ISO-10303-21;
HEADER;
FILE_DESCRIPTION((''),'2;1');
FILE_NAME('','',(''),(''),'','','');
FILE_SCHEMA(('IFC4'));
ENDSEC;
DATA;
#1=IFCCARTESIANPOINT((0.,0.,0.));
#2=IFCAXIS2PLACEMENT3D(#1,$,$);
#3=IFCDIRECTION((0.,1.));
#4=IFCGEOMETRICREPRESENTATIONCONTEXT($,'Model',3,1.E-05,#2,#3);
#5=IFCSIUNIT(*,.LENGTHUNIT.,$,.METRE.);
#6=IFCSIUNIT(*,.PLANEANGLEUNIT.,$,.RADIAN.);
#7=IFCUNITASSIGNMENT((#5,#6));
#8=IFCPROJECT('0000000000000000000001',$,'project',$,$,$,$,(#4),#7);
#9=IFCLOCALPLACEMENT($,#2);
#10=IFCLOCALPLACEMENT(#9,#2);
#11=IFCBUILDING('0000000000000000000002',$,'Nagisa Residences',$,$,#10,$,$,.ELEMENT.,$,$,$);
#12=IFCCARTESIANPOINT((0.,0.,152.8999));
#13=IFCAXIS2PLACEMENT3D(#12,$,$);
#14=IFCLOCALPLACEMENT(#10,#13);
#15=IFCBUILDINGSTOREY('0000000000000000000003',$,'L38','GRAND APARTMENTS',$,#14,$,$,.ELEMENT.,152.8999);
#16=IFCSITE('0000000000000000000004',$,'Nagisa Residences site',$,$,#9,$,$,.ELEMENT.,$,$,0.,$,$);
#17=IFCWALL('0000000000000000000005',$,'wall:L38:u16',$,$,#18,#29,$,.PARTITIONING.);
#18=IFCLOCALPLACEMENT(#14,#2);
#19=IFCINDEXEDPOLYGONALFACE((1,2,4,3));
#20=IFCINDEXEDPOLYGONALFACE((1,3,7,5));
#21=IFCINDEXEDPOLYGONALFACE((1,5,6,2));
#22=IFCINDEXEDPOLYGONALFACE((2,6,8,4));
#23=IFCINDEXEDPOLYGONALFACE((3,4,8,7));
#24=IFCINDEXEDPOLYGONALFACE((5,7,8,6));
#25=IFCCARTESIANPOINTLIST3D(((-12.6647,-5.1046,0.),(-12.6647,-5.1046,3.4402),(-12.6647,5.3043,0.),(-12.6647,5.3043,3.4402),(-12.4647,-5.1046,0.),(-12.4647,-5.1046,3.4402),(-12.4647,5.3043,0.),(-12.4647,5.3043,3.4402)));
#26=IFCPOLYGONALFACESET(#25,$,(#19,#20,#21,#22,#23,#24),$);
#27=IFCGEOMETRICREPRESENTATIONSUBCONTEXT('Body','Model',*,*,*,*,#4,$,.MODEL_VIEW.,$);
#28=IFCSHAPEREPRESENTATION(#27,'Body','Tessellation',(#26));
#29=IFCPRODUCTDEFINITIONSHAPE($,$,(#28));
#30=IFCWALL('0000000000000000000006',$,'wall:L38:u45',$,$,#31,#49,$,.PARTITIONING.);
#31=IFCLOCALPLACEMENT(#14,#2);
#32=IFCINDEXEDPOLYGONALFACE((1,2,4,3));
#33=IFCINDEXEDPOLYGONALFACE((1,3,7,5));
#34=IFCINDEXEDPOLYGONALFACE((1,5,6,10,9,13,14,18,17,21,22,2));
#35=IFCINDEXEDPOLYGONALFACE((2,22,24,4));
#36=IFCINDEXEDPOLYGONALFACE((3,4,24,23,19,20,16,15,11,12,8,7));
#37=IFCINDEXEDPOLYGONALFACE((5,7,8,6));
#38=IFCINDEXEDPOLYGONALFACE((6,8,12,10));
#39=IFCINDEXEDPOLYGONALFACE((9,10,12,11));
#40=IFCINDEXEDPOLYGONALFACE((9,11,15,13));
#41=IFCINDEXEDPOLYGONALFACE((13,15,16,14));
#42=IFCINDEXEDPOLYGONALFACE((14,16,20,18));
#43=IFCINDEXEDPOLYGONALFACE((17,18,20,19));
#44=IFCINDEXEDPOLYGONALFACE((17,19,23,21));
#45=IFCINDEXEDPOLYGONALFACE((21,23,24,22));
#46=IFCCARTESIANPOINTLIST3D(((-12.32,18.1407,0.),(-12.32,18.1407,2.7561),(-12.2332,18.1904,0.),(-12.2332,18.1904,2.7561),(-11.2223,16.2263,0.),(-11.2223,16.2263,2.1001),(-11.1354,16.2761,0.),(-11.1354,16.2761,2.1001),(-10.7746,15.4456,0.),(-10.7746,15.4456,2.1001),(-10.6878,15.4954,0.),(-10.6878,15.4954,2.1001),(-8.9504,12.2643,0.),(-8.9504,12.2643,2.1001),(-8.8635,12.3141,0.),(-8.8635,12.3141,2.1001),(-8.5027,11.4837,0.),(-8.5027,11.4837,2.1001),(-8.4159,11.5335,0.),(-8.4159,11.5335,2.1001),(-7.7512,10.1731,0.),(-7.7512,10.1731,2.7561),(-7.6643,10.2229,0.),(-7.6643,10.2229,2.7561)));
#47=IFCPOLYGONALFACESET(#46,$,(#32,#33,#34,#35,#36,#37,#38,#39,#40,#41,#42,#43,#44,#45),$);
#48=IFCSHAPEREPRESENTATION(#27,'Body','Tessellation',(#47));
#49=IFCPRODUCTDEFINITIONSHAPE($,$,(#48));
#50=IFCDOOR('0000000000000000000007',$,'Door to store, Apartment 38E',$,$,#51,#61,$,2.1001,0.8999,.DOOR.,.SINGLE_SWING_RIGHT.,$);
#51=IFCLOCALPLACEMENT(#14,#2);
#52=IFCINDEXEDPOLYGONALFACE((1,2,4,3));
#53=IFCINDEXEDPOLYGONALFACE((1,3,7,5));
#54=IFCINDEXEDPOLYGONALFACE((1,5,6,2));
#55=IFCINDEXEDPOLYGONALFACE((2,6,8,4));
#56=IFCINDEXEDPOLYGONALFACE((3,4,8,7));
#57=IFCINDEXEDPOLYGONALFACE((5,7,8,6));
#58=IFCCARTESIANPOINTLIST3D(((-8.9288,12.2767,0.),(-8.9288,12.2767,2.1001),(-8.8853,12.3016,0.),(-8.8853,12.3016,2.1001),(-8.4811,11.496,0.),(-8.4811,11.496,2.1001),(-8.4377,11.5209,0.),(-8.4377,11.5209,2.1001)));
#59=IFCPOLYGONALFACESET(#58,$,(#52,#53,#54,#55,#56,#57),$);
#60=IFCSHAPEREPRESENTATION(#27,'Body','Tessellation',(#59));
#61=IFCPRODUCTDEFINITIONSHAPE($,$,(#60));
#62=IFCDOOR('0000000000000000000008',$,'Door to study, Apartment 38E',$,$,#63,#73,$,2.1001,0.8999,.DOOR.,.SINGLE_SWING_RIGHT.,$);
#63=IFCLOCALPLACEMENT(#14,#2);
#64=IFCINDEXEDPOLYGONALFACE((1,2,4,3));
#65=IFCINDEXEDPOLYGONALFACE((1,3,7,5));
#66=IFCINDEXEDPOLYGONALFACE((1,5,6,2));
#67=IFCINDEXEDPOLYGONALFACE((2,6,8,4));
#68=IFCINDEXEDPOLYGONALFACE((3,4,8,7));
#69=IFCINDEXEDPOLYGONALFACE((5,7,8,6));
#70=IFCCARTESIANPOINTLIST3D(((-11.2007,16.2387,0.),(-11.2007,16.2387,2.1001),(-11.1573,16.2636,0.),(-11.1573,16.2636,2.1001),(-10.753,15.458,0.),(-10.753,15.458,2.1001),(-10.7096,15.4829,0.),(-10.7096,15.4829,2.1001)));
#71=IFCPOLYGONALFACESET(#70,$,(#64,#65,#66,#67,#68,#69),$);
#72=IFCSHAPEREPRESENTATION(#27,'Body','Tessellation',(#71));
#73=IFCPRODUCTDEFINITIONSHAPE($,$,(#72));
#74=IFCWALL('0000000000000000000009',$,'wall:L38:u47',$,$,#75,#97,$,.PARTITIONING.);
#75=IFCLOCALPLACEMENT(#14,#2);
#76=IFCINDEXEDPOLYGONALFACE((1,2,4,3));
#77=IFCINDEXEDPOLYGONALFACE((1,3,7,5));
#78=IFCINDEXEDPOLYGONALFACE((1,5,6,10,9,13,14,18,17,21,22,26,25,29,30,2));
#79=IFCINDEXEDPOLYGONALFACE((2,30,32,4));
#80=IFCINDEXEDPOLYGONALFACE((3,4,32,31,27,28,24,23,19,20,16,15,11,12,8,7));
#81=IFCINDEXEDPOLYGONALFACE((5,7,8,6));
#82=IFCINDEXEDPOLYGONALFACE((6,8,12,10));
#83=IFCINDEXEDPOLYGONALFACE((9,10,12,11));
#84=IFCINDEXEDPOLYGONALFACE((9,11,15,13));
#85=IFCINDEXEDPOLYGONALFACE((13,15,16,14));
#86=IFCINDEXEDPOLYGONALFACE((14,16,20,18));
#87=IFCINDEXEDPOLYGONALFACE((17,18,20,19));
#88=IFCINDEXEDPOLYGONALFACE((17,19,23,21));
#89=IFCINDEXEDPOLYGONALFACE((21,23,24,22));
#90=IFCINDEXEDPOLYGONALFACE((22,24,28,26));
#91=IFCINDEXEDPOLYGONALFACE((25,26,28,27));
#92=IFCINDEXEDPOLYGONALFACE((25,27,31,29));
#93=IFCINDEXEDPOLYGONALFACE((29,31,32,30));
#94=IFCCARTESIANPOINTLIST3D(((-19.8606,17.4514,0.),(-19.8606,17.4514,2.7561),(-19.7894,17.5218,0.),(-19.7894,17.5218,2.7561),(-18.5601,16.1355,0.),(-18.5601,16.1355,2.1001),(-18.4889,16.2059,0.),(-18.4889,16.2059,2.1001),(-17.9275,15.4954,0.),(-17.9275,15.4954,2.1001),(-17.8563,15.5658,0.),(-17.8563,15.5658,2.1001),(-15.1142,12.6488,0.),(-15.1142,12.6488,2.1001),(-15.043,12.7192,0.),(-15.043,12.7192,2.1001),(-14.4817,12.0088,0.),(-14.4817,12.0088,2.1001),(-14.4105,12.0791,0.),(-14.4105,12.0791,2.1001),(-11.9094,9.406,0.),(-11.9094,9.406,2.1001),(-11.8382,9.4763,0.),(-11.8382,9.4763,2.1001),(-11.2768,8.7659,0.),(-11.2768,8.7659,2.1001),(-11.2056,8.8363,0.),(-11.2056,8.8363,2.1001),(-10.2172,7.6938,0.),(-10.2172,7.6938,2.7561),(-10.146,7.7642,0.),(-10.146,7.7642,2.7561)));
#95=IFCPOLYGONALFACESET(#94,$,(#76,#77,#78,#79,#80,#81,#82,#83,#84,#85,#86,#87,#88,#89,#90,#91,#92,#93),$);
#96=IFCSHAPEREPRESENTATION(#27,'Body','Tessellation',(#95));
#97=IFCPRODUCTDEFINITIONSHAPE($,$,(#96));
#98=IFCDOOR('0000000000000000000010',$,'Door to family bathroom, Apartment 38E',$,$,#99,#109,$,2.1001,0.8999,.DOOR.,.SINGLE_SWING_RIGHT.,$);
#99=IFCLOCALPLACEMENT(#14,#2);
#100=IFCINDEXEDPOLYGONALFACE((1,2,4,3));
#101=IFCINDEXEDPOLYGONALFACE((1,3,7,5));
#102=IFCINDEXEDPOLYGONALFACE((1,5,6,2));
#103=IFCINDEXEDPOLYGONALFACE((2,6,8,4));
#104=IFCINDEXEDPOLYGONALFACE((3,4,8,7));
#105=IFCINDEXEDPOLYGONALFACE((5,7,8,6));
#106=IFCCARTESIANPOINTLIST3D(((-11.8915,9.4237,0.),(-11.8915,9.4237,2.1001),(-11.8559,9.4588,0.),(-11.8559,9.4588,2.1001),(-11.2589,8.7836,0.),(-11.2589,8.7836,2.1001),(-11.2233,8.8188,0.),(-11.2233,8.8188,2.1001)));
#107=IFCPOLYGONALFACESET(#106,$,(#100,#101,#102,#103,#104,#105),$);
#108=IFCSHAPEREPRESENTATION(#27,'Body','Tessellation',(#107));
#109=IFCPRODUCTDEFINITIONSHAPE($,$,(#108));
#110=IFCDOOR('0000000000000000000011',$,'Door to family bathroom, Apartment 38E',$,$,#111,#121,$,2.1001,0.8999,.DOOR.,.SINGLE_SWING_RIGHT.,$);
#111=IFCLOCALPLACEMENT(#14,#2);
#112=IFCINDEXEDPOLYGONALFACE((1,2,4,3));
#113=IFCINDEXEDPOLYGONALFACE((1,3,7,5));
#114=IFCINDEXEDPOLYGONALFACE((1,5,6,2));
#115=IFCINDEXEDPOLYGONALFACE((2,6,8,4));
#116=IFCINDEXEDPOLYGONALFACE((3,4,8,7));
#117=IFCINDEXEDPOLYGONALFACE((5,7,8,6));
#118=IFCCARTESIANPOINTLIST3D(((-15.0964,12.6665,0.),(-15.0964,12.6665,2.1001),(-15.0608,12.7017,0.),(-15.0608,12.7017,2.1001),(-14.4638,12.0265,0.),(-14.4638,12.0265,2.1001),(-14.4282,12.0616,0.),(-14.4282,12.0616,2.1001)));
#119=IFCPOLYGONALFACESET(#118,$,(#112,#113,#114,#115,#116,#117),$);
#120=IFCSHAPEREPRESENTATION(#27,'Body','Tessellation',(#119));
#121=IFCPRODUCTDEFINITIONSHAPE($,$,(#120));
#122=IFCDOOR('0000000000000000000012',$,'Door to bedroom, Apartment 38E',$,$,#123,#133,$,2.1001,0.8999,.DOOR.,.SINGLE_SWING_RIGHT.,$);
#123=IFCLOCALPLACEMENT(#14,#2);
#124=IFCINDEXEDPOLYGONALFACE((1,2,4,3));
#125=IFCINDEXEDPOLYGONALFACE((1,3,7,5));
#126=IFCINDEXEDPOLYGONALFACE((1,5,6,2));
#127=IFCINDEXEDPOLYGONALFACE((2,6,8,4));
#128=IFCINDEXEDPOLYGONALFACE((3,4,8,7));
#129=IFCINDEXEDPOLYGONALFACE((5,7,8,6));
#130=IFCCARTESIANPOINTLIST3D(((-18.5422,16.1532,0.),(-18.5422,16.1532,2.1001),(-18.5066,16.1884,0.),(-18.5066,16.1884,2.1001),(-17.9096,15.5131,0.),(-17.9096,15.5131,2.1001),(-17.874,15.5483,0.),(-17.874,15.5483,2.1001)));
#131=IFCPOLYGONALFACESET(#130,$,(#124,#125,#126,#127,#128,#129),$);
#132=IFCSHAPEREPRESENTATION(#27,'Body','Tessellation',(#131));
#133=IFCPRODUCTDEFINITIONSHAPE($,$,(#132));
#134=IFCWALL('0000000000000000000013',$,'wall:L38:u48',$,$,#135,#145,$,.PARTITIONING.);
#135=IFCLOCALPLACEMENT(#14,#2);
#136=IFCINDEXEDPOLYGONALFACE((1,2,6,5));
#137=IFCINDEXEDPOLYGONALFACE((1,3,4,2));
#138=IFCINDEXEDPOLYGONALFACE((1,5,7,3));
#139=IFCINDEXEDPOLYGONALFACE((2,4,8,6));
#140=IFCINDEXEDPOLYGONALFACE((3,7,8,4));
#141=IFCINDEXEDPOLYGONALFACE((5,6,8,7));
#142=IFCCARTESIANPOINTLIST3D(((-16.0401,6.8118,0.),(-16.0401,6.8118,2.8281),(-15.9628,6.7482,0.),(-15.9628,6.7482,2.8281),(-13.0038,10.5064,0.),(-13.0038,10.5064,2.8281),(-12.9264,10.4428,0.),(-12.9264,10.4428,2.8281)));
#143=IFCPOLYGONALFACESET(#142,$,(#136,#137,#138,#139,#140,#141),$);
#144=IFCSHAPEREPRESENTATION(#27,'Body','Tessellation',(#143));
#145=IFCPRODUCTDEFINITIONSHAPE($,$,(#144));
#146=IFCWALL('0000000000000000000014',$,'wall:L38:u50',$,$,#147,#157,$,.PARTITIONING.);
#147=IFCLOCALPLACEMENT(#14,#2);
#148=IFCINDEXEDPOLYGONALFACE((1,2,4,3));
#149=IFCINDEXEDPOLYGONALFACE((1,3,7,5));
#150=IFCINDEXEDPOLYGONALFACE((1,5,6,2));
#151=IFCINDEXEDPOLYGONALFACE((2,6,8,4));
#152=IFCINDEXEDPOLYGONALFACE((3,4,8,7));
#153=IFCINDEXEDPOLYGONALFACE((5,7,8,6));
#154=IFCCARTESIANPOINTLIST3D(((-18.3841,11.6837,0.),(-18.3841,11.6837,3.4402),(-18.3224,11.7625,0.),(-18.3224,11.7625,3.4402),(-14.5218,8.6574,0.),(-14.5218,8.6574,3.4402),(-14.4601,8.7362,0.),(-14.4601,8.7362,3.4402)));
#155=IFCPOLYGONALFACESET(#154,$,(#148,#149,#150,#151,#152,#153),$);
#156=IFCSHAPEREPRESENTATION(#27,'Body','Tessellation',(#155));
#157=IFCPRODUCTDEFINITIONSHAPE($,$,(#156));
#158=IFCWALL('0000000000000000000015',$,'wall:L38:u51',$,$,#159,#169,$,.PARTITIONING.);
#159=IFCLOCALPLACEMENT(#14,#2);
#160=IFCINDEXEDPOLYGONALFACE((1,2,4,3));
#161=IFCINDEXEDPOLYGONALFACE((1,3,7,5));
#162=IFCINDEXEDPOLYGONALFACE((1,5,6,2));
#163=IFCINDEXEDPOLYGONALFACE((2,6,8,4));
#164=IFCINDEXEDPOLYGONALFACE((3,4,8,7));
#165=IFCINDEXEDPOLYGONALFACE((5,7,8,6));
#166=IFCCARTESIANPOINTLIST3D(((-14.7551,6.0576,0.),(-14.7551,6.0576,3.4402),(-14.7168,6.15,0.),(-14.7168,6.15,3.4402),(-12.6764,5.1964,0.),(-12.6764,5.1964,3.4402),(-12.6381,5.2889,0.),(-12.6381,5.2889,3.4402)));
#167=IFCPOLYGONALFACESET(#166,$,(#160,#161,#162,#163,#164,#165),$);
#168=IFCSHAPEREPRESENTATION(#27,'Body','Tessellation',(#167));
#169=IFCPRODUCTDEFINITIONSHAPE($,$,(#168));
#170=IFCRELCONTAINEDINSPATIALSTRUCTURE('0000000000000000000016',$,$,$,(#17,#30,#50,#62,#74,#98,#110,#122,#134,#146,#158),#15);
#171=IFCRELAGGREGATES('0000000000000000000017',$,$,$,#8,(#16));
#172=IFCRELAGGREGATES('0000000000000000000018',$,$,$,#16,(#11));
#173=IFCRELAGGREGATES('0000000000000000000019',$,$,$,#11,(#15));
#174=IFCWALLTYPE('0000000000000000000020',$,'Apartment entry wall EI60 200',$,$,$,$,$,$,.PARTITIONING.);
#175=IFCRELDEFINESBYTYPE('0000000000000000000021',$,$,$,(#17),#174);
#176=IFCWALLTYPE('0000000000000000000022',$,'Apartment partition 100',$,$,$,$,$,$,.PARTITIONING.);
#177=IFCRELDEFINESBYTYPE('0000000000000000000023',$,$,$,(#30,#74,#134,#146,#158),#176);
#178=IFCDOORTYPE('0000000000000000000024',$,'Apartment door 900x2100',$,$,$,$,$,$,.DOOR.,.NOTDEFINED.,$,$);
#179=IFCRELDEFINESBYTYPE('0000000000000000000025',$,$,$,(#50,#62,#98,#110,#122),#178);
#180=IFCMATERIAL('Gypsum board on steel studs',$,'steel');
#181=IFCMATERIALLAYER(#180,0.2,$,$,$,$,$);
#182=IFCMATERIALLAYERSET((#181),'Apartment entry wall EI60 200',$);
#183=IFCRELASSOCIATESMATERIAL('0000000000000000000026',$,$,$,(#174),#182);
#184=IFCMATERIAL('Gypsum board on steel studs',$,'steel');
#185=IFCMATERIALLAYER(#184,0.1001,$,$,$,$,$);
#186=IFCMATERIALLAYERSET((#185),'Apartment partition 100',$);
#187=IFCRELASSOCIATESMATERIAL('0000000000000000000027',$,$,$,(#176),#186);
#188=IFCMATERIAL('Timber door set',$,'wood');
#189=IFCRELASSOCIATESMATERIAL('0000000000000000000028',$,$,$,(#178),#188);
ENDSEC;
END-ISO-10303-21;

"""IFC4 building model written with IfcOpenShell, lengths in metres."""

from ifc_helpers import new_model, si_unit, direction, frame, frame_2d, origin, place, context, subcontext, project, spatial, rectangle, extrude, material, layer, layer_set, type_object, element, fill, save


model = new_model("IFC4")

# Units and contexts
model_context = context("Model", 3, precision=1e-05, world=origin(), true_north=direction((0.0, 1.0)))
body_context = subcontext(model_context, "Body", "Model", "MODEL_VIEW")
ifc_project = project(units=[si_unit("LENGTHUNIT", "METRE"), si_unit("PLANEANGLEUNIT", "RADIAN")], contexts=[model_context])

# Site, building, storey
site_placement = place(None, origin())
site = spatial("IfcSite", under=ifc_project, at=site_placement, Name="Nagisa Residences site", CompositionType="ELEMENT", RefElevation=0.0)
building_placement = place(site_placement, origin())
building = spatial("IfcBuilding", under=site, at=building_placement, Name="Nagisa Residences", CompositionType="ELEMENT")
storey_placement = place(building_placement, frame((0.0, 0.0, 152.8999)))
storey = spatial("IfcBuildingStorey", under=building, at=storey_placement, Name="L38", Description="GRAND APARTMENTS", CompositionType="ELEMENT", Elevation=152.8999)

# Wall
ifc_material_1 = material(Name="Gypsum board on steel studs", Category="steel")
ifc_layer_1 = layer(ifc_material_1, 0.2)
ifc_layer_set_1 = layer_set([ifc_layer_1], Name="Apartment entry wall EI60 200")
wall_type_1 = type_object("IfcWallType", Name="Apartment entry wall EI60 200", PredefinedType="PARTITIONING", material=ifc_layer_set_1)
wall_1_placement = place(storey_placement, frame((-12.5647, 5.3044, 0.0), z_axis=(0.0, 0.0, 1.0), x_axis=(0.0, -1.0, 0.0)))
element("IfcWall", 1, at=wall_1_placement, inside=storey, type_object=wall_type_1, Name="wall:L38:u16", PredefinedType="PARTITIONING", context=body_context, shape_type="SweptSolid", body=[
    extrude(rectangle(XDim=10.4089, YDim=0.2, at=frame_2d((5.2046, 0.0))), origin(), (0.0, 0.0, 1.0), 3.4402),
])

# Walls, openings, doors
ifc_material_2 = material(Name="Gypsum board on steel studs", Category="steel")
ifc_layer_2 = layer(ifc_material_2, 0.1001)
ifc_layer_set_2 = layer_set([ifc_layer_2], Name="Apartment partition 100")
wall_type_2 = type_object("IfcWallType", Name="Apartment partition 100", PredefinedType="PARTITIONING", material=ifc_layer_set_2)
wall_2_placement = place(storey_placement, frame((-7.7078, 10.198, 0.0), z_axis=(0.0, 0.0, 1.0), x_axis=(-0.497449, 0.867493, 0.0)))
wall_2 = element("IfcWall", 2, at=wall_2_placement, inside=storey, type_object=wall_type_2, Name="wall:L38:u45", PredefinedType="PARTITIONING", context=body_context, shape_type="SweptSolid", body=[
    extrude(rectangle(XDim=9.1846, YDim=0.1001, at=frame_2d((4.5923, 0.0))), origin(), (0.0, 0.0, 1.0), 2.7561),
])
opening_1_placement = place(wall_2_placement, frame((1.5107, 0.0, 0.0)))
opening_1 = element("IfcOpeningElement", 3, at=opening_1_placement, cuts=wall_2, PredefinedType="OPENING", context=body_context, shape_type="SweptSolid", body=[
    extrude(rectangle(XDim=0.8999, YDim=2.1001, at=frame_2d((0.45, 1.05))), frame((0.0, 0.0601, 0.0), z_axis=(0.0, -1.0, 0.0), x_axis=(1.0, 0.0, 0.0)), (0.0, 0.0, 1.0), 0.1201),
])
opening_2_placement = place(wall_2_placement, frame((6.0779, 0.0, 0.0)))
opening_2 = element("IfcOpeningElement", 4, at=opening_2_placement, cuts=wall_2, PredefinedType="OPENING", context=body_context, shape_type="SweptSolid", body=[
    extrude(rectangle(XDim=0.8999, YDim=2.1001, at=frame_2d((0.45, 1.05))), frame((0.0, 0.0601, 0.0), z_axis=(0.0, -1.0, 0.0), x_axis=(1.0, 0.0, 0.0)), (0.0, 0.0, 1.0), 0.1201),
])
ifc_material_3 = material(Name="Timber door set", Category="wood")
door_type_1 = type_object("IfcDoorType", Name="Apartment door 900x2100", OperationType="NOTDEFINED", PredefinedType="DOOR", material=ifc_material_3)
door_1_placement = place(opening_1_placement, frame((0.8999, 0.0, 0.0), x_axis=(-1.0, 0.0, 0.0)))
door_1 = element("IfcDoor", 5, at=door_1_placement, inside=storey, type_object=door_type_1, Name="Door to store, Apartment 38E", OperationType="SINGLE_SWING_RIGHT", OverallHeight=2.1001, OverallWidth=0.8999, PredefinedType="DOOR", context=body_context, shape_type="SweptSolid", body=[
    extrude(rectangle(XDim=0.8999, YDim=2.1001, at=frame_2d((0.45, 1.05))), frame((0.0, 0.0249, 0.0), z_axis=(0.0, -1.0, 0.0), x_axis=(1.0, 0.0, 0.0)), (0.0, 0.0, 1.0), 0.05),
])
fill(opening_1, door_1)
door_2_placement = place(opening_2_placement, frame((0.8999, 0.0, 0.0), x_axis=(-1.0, 0.0, 0.0)))
door_2 = element("IfcDoor", 6, at=door_2_placement, inside=storey, type_object=door_type_1, Name="Door to study, Apartment 38E", OperationType="SINGLE_SWING_RIGHT", OverallHeight=2.1001, OverallWidth=0.8999, PredefinedType="DOOR", context=body_context, shape_type="SweptSolid", body=[
    extrude(rectangle(XDim=0.8999, YDim=2.1001, at=frame_2d((0.45, 1.05))), frame((0.0, 0.0249, 0.0), z_axis=(0.0, -1.0, 0.0), x_axis=(1.0, 0.0, 0.0)), (0.0, 0.0, 1.0), 0.05),
])
fill(opening_2, door_2)
wall_3_placement = place(storey_placement, frame((-10.1816, 7.729, 0.0), z_axis=(0.0, 0.0, 1.0), x_axis=(-0.70293, 0.711259, 0.0)))
wall_3 = element("IfcWall", 7, at=wall_3_placement, inside=storey, type_object=wall_type_2, Name="wall:L38:u47", PredefinedType="PARTITIONING", context=body_context, shape_type="SweptSolid", body=[
    extrude(rectangle(XDim=13.7188, YDim=0.1001, at=frame_2d((6.8594, 0.0))), origin(), (0.0, 0.0, 1.0), 2.7561),
])
opening_3_placement = place(wall_3_placement, frame((1.5073, 0.0, 0.0)))
opening_3 = element("IfcOpeningElement", 8, at=opening_3_placement, cuts=wall_3, PredefinedType="OPENING", context=body_context, shape_type="SweptSolid", body=[
    extrude(rectangle(XDim=0.8999, YDim=2.1001, at=frame_2d((0.45, 1.05))), frame((0.0, 0.0601, 0.0), z_axis=(0.0, -1.0, 0.0), x_axis=(1.0, 0.0, 0.0)), (0.0, 0.0, 1.0), 0.1201),
])
opening_4_placement = place(wall_3_placement, frame((6.0667, 0.0, 0.0)))
opening_4 = element("IfcOpeningElement", 9, at=opening_4_placement, cuts=wall_3, PredefinedType="OPENING", context=body_context, shape_type="SweptSolid", body=[
    extrude(rectangle(XDim=0.8999, YDim=2.1001, at=frame_2d((0.45, 1.05))), frame((0.0, 0.0601, 0.0), z_axis=(0.0, -1.0, 0.0), x_axis=(1.0, 0.0, 0.0)), (0.0, 0.0, 1.0), 0.1201),
])
opening_5_placement = place(wall_3_placement, frame((10.9688, 0.0, 0.0)))
opening_5 = element("IfcOpeningElement", 10, at=opening_5_placement, cuts=wall_3, PredefinedType="OPENING", context=body_context, shape_type="SweptSolid", body=[
    extrude(rectangle(XDim=0.8999, YDim=2.1001, at=frame_2d((0.45, 1.05))), frame((0.0, 0.0601, 0.0), z_axis=(0.0, -1.0, 0.0), x_axis=(1.0, 0.0, 0.0)), (0.0, 0.0, 1.0), 0.1201),
])
door_3_placement = place(opening_3_placement, origin())
door_3 = element("IfcDoor", 11, at=door_3_placement, inside=storey, type_object=door_type_1, Name="Door to family bathroom, Apartment 38E", OperationType="SINGLE_SWING_RIGHT", OverallHeight=2.1001, OverallWidth=0.8999, PredefinedType="DOOR", context=body_context, shape_type="SweptSolid", body=[
    extrude(rectangle(XDim=0.8999, YDim=2.1001, at=frame_2d((0.45, 1.05))), frame((0.0, 0.0249, 0.0), z_axis=(0.0, -1.0, 0.0), x_axis=(1.0, 0.0, 0.0)), (0.0, 0.0, 1.0), 0.05),
])
fill(opening_3, door_3)
door_4_placement = place(opening_4_placement, origin())
door_4 = element("IfcDoor", 12, at=door_4_placement, inside=storey, type_object=door_type_1, Name="Door to family bathroom, Apartment 38E", OperationType="SINGLE_SWING_RIGHT", OverallHeight=2.1001, OverallWidth=0.8999, PredefinedType="DOOR", context=body_context, shape_type="SweptSolid", body=[
    extrude(rectangle(XDim=0.8999, YDim=2.1001, at=frame_2d((0.45, 1.05))), frame((0.0, 0.0249, 0.0), z_axis=(0.0, -1.0, 0.0), x_axis=(1.0, 0.0, 0.0)), (0.0, 0.0, 1.0), 0.05),
])
fill(opening_4, door_4)
door_5_placement = place(opening_5_placement, origin())
door_5 = element("IfcDoor", 13, at=door_5_placement, inside=storey, type_object=door_type_1, Name="Door to bedroom, Apartment 38E", OperationType="SINGLE_SWING_RIGHT", OverallHeight=2.1001, OverallWidth=0.8999, PredefinedType="DOOR", context=body_context, shape_type="SweptSolid", body=[
    extrude(rectangle(XDim=0.8999, YDim=2.1001, at=frame_2d((0.45, 1.05))), frame((0.0, 0.0249, 0.0), z_axis=(0.0, -1.0, 0.0), x_axis=(1.0, 0.0, 0.0)), (0.0, 0.0, 1.0), 0.05),
])
fill(opening_5, door_5)

# Walls
wall_4_placement = place(storey_placement, frame((-12.9651, 10.4746, 0.0), z_axis=(0.0, 0.0, 1.0), x_axis=(-0.634932, -0.772568, 0.0)))
element("IfcWall", 14, at=wall_4_placement, inside=storey, type_object=wall_type_2, Name="wall:L38:u48", PredefinedType="PARTITIONING", context=body_context, shape_type="SweptSolid", body=[
    extrude(rectangle(XDim=4.7822, YDim=0.1001, at=frame_2d((2.3911, 0.0))), origin(), (0.0, 0.0, 1.0), 2.8281),
])
wall_5_placement = place(storey_placement, frame((-14.491, 8.6968, 0.0), z_axis=(0.0, 0.0, 1.0), x_axis=(-0.787139, 0.616775, 0.0)))
element("IfcWall", 15, at=wall_5_placement, inside=storey, type_object=wall_type_2, Name="wall:L38:u50", PredefinedType="PARTITIONING", context=body_context, shape_type="SweptSolid", body=[
    extrude(rectangle(XDim=4.9067, YDim=0.1001, at=frame_2d((2.4534, 0.0))), origin(), (0.0, 0.0, 1.0), 3.4402),
])
wall_6_placement = place(storey_placement, frame((-12.6572, 5.2427, 0.0), z_axis=(0.0, 0.0, 1.0), x_axis=(-0.923865, 0.382719, 0.0)))
element("IfcWall", 16, at=wall_6_placement, inside=storey, type_object=wall_type_2, Name="wall:L38:u51", PredefinedType="PARTITIONING", context=body_context, shape_type="SweptSolid", body=[
    extrude(rectangle(XDim=2.25, YDim=0.1001, at=frame_2d((1.125, 0.0))), origin(), (0.0, 0.0, 1.0), 3.4402),
])

save(model, "model.ifc")
